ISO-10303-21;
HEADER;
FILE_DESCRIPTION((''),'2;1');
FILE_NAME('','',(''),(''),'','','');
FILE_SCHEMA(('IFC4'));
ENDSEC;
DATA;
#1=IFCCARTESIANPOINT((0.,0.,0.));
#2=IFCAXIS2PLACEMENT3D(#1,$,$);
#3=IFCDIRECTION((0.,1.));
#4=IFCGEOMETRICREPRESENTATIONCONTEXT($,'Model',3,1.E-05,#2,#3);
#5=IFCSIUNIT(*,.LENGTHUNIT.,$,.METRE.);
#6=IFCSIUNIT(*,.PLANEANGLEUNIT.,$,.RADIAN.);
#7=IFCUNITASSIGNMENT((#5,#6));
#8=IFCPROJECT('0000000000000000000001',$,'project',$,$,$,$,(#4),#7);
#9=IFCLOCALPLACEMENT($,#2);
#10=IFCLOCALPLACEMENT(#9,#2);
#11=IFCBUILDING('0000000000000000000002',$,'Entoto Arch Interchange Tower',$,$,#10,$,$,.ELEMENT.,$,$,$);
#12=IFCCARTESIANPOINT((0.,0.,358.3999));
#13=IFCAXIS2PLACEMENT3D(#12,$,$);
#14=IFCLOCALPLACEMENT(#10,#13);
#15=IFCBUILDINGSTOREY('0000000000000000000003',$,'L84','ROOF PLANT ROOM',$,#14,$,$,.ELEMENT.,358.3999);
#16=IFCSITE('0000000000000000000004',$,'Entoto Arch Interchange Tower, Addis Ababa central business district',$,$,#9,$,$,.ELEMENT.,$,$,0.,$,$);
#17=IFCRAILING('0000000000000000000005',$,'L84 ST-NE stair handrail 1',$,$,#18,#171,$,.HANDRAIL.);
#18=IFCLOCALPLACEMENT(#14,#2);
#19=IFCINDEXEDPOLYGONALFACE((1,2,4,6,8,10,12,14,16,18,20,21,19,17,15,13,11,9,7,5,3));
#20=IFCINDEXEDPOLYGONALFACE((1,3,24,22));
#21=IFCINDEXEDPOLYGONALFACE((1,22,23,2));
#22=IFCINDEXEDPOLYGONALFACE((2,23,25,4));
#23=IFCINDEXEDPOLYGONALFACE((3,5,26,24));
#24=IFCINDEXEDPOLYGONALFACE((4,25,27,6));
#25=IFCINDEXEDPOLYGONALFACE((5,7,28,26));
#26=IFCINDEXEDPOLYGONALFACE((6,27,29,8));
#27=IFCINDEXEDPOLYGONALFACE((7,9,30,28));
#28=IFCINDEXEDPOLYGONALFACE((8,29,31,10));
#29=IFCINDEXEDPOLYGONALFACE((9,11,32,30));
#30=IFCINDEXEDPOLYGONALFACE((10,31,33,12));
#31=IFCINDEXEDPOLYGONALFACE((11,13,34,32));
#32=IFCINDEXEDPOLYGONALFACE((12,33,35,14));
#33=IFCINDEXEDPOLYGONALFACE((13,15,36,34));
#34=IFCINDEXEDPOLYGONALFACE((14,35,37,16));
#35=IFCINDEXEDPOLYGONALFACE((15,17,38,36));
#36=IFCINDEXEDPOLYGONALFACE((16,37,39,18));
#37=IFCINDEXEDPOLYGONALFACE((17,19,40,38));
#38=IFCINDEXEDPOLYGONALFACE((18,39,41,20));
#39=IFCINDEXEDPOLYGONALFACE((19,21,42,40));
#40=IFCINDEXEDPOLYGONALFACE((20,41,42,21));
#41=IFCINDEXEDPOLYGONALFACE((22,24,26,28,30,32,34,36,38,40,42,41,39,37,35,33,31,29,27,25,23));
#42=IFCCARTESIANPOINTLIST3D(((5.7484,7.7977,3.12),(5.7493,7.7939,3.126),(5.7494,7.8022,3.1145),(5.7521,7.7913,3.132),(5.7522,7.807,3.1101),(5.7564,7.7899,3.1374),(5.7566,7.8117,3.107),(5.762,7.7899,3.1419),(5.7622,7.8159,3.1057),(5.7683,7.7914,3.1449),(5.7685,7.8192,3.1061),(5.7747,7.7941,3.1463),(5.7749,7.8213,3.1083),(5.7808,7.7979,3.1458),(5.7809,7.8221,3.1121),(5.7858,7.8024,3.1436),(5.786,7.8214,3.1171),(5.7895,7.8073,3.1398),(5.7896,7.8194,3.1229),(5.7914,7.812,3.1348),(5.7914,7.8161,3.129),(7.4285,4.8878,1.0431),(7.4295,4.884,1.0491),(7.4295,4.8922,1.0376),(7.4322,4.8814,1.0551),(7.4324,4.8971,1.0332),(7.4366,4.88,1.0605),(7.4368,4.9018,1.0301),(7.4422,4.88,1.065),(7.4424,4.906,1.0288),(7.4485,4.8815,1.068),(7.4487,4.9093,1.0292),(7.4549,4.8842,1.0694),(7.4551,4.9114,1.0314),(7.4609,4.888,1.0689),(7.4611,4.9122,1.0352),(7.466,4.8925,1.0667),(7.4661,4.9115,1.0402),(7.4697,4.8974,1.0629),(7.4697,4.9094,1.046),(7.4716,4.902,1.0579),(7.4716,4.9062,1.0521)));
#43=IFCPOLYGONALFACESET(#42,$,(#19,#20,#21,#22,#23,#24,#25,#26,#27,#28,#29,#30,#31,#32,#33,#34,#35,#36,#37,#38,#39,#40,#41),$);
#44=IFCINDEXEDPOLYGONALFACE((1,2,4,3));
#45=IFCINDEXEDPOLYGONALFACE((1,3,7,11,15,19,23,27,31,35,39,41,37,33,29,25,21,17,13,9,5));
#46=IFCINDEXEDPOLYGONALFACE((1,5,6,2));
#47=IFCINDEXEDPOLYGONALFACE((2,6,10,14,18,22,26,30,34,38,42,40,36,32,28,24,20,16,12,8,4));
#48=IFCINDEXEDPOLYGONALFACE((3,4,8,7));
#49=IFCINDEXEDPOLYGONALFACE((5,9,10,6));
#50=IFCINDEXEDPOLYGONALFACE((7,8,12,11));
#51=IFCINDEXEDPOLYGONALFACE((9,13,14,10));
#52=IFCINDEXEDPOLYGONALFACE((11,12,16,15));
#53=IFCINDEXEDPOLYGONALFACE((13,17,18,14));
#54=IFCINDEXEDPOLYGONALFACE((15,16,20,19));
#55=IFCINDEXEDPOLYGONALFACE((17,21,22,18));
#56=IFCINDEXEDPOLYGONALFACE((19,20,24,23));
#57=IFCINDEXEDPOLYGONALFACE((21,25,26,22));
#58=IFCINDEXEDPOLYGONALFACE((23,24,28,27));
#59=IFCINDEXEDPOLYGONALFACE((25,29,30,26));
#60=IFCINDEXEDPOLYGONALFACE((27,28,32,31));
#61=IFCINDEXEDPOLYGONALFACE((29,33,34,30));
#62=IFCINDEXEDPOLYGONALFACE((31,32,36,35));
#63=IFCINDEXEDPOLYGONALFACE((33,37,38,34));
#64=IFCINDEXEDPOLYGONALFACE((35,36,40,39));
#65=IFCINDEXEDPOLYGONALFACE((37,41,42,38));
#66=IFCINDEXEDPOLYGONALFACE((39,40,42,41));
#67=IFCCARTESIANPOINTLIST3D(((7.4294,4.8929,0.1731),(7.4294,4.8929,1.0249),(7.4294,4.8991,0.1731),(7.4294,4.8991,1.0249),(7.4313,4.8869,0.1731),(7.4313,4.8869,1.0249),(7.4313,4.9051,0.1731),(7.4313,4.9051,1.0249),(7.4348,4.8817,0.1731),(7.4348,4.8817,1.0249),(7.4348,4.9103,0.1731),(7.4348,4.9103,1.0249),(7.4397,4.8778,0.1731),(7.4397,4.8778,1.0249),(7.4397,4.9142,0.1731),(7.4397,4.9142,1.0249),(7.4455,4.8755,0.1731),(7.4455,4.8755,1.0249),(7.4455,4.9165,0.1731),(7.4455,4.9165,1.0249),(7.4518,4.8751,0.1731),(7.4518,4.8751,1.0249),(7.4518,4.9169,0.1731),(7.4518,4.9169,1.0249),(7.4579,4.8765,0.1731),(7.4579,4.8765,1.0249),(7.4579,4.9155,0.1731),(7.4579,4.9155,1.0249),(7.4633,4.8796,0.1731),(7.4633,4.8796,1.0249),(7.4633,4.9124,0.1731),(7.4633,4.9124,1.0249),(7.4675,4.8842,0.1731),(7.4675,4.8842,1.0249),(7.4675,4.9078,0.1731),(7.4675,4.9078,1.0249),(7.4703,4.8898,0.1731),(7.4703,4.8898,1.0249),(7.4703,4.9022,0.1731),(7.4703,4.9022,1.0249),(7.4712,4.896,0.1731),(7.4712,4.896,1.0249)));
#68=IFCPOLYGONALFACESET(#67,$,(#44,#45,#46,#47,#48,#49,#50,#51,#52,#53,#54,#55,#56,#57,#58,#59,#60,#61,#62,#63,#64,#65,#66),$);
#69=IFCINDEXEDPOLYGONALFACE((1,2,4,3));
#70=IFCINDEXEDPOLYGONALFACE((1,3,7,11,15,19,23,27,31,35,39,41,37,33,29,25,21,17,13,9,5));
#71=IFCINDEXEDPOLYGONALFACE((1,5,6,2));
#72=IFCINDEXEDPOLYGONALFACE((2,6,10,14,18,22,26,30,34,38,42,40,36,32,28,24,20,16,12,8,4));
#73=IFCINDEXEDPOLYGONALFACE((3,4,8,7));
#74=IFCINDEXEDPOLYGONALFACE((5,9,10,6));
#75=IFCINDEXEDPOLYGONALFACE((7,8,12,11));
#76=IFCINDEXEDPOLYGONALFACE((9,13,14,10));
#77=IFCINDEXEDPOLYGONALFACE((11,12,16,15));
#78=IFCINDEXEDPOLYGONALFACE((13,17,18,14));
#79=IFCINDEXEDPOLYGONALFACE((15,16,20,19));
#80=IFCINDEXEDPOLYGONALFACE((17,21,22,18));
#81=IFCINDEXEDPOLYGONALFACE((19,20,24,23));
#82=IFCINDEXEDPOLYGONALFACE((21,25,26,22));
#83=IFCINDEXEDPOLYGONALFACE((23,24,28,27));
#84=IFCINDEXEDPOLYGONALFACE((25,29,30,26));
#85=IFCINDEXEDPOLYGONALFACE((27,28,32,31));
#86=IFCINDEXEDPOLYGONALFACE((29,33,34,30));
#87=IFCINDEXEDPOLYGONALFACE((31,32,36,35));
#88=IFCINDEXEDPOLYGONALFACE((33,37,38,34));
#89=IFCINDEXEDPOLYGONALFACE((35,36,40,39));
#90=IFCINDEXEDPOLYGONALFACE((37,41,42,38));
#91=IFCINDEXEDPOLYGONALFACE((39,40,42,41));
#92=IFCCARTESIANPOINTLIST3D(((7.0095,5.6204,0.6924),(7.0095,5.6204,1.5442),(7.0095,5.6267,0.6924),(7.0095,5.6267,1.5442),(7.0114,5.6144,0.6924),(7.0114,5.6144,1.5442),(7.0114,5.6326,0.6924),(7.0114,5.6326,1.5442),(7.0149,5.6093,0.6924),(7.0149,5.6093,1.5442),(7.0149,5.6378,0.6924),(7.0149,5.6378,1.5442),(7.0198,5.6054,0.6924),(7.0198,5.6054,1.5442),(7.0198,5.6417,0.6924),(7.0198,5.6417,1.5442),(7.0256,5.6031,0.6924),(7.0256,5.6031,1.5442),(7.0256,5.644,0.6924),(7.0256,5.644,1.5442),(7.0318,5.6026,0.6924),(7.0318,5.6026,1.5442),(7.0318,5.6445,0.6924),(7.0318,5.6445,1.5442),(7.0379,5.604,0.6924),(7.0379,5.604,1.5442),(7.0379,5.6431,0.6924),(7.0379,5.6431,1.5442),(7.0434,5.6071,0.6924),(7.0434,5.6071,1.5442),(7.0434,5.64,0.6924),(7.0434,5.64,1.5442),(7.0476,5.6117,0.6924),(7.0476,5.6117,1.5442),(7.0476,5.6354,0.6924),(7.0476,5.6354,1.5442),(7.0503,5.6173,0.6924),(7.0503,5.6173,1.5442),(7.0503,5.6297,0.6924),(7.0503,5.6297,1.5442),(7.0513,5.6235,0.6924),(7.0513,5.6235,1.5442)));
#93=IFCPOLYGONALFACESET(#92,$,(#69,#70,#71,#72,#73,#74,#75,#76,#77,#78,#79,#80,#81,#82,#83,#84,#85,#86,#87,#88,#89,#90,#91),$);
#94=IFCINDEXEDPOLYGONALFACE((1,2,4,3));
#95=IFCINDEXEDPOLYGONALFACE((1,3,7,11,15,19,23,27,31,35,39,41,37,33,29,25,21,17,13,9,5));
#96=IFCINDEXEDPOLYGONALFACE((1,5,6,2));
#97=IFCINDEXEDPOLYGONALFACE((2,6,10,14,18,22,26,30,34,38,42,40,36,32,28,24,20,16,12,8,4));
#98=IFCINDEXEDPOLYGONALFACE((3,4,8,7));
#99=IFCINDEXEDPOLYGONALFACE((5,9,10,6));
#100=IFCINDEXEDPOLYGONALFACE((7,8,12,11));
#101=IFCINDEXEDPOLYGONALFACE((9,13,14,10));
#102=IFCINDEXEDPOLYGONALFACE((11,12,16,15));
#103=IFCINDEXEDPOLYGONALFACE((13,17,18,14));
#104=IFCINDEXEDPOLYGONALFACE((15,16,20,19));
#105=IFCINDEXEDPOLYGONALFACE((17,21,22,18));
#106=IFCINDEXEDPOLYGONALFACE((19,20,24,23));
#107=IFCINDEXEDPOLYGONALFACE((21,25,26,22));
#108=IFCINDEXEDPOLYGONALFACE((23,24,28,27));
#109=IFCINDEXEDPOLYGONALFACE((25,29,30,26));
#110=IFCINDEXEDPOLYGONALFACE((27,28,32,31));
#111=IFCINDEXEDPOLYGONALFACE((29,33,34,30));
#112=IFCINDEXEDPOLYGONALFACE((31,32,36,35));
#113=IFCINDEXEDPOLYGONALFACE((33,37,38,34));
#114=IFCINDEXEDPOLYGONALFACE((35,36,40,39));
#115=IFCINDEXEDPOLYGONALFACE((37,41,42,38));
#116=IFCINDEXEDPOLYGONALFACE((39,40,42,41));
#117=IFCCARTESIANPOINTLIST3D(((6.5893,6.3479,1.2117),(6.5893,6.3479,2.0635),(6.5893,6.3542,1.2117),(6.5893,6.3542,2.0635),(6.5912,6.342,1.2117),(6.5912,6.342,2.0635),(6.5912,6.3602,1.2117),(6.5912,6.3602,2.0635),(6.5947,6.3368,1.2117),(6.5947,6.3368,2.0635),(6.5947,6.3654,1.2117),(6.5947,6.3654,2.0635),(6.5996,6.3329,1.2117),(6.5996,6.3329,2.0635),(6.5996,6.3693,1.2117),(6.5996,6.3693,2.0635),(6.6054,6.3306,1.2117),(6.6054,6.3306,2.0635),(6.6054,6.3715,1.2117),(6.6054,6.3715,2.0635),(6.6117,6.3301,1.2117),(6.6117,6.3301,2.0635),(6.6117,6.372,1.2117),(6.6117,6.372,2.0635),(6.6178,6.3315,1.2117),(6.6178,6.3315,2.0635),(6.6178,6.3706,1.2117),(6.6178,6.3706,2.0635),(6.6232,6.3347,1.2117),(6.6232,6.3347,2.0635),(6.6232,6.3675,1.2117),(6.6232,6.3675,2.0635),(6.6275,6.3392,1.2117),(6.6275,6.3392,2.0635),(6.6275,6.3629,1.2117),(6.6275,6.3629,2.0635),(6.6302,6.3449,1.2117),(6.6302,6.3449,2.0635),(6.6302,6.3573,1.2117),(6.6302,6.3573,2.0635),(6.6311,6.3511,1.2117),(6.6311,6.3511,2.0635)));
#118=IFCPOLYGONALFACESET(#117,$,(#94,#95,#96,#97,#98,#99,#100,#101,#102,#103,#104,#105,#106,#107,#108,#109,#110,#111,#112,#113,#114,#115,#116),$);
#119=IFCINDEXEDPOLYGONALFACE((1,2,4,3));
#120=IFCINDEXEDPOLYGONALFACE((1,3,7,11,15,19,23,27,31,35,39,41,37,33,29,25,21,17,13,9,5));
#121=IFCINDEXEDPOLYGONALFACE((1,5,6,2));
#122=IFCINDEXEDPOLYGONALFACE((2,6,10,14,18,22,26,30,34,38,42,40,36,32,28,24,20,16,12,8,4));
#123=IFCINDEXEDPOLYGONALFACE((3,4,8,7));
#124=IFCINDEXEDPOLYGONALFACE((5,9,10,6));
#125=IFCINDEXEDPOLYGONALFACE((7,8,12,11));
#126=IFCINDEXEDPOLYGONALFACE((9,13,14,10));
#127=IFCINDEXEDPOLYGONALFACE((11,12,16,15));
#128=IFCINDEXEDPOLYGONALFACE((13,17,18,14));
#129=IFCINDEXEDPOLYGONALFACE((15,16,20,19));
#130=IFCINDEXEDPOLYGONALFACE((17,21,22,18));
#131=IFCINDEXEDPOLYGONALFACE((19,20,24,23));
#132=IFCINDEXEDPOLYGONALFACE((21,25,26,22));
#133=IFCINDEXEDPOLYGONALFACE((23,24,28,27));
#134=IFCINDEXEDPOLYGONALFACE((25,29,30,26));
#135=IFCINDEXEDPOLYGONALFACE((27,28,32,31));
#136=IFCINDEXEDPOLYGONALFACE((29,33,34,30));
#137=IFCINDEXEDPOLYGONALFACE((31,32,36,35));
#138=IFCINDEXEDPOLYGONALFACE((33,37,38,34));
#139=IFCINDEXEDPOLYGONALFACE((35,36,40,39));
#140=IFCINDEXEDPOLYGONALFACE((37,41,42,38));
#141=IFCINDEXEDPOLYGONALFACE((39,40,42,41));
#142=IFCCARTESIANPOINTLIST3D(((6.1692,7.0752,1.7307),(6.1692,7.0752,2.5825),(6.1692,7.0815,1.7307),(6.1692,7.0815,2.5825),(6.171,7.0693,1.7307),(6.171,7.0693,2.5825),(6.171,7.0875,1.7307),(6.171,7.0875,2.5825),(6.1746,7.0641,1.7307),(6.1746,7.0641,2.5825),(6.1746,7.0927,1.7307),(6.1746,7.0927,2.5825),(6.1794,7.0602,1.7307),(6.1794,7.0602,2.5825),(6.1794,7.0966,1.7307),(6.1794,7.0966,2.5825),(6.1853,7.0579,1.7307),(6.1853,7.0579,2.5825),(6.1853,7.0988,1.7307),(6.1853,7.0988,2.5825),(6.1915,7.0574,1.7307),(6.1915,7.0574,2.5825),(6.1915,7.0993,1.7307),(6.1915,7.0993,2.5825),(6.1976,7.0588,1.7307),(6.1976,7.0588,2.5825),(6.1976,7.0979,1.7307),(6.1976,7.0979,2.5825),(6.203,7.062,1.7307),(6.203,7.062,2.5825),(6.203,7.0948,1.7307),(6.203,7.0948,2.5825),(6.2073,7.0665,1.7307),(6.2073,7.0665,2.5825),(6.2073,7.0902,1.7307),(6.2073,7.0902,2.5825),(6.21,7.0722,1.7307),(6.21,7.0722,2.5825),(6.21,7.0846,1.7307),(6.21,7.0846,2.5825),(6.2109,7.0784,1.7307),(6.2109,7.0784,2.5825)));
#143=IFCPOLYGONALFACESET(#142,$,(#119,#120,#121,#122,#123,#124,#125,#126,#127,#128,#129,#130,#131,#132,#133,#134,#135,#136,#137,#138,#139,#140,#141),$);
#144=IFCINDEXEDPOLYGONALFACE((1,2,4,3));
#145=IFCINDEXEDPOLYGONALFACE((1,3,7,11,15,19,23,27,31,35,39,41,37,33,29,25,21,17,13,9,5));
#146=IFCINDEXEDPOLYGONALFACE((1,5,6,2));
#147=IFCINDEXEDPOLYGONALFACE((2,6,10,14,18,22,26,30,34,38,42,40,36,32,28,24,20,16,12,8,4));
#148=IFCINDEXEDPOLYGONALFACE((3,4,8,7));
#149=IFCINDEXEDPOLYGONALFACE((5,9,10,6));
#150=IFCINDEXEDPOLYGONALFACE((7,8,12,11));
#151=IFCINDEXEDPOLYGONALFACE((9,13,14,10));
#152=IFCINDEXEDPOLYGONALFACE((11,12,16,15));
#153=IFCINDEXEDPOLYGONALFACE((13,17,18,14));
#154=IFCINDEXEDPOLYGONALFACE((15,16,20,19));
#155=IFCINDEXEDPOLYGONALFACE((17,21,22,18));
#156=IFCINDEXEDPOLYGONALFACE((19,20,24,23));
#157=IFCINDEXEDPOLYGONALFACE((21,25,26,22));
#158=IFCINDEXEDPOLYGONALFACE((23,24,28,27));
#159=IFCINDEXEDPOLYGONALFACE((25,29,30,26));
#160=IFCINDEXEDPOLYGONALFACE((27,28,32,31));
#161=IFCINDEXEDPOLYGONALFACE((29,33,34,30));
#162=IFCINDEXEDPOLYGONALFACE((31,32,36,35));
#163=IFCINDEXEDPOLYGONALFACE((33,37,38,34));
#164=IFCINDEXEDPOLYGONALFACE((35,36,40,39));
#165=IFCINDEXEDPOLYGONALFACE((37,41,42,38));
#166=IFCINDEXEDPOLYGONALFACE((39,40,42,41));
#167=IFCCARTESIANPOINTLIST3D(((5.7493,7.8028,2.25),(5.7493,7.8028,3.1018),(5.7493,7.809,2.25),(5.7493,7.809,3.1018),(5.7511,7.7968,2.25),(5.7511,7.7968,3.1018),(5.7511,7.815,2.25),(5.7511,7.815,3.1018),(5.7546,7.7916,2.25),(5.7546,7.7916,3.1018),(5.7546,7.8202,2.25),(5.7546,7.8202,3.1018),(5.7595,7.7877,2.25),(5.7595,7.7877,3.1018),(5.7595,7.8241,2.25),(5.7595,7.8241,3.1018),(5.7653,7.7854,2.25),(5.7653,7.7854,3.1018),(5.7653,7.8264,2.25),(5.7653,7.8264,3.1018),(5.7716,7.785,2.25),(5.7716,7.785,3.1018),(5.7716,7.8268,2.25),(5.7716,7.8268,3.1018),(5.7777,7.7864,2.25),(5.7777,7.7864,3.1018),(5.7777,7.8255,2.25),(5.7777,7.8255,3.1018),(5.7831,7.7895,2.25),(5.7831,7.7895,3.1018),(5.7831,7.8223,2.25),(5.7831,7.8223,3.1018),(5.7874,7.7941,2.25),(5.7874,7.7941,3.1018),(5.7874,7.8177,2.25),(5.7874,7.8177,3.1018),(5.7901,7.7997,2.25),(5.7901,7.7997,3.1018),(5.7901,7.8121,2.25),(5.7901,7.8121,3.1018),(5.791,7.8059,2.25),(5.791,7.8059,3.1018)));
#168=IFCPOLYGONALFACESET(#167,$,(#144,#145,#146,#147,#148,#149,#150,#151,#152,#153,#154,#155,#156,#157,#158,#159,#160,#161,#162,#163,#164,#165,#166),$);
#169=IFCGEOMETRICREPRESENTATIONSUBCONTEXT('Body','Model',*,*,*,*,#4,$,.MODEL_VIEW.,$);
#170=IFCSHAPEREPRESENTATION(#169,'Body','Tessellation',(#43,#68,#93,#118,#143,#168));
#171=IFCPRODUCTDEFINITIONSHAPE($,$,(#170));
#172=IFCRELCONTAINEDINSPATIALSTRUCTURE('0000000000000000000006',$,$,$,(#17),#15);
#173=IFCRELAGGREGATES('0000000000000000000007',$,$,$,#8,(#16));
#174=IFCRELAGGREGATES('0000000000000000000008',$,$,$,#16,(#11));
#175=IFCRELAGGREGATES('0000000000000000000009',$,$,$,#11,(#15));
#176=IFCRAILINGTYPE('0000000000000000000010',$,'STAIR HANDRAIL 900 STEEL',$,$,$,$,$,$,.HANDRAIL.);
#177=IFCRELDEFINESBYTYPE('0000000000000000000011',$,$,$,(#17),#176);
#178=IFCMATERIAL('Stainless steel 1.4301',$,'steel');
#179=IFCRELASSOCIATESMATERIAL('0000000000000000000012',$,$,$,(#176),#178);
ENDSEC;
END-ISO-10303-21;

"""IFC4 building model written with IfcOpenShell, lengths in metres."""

from ifc_helpers import new_model, si_unit, direction, frame, origin, origin_2d, place, context, subcontext, project, spatial, circle, extrude, material, type_object, element, save


model = new_model("IFC4")

# Units and contexts
model_context = context("Model", 3, precision=1e-05, world=origin(), true_north=direction((0.0, 1.0)))
body_context = subcontext(model_context, "Body", "Model", "MODEL_VIEW")
ifc_project = project(units=[si_unit("LENGTHUNIT", "METRE"), si_unit("PLANEANGLEUNIT", "RADIAN")], contexts=[model_context])

# Site, building, storey
site_placement = place(None, origin())
site = spatial("IfcSite", under=ifc_project, at=site_placement, Name="Entoto Arch Interchange Tower, Addis Ababa central business district", CompositionType="ELEMENT", RefElevation=0.0)
building_placement = place(site_placement, origin())
building = spatial("IfcBuilding", under=site, at=building_placement, Name="Entoto Arch Interchange Tower", CompositionType="ELEMENT")
storey_placement = place(building_placement, frame((0.0, 0.0, 358.3999)))
storey = spatial("IfcBuildingStorey", under=building, at=storey_placement, Name="L84", Description="ROOF PLANT ROOM", CompositionType="ELEMENT", Elevation=358.3999)

# Railing
ifc_material_1 = material(Name="Stainless steel 1.4301", Category="steel")
railing_type = type_object("IfcRailingType", Name="STAIR HANDRAIL 900 STEEL", PredefinedType="HANDRAIL", material=ifc_material_1)
railing_placement = place(storey_placement, frame((7.4502, 4.896, 0.1731)))
element("IfcRailing", 1, at=railing_placement, inside=storey, type_object=railing_type, Name="L84 ST-NE stair handrail 1", PredefinedType="HANDRAIL", context=body_context, shape_type="SweptSolid", body=[
    extrude(circle(Radius=0.0239, at=origin_2d()), frame((0.0, 0.0, 0.876), z_axis=(-0.425339, 0.736649, 0.525771), x_axis=(-0.866008, -0.500031, 0.0)), (0.0, 0.0, 1.0), 3.9502),
    extrude(circle(Radius=0.021, at=origin_2d()), origin(), (0.0, 0.0, 1.0), 0.8518),
    extrude(circle(Radius=0.021, at=origin_2d()), frame((-0.4199, 0.7275, 0.5193)), (0.0, 0.0, 1.0), 0.8518),
    extrude(circle(Radius=0.021, at=origin_2d()), frame((-0.8401, 1.4551, 1.0386)), (0.0, 0.0, 1.0), 0.8518),
    extrude(circle(Radius=0.021, at=origin_2d()), frame((-1.2603, 2.1824, 1.5576)), (0.0, 0.0, 1.0), 0.8518),
    extrude(circle(Radius=0.021, at=origin_2d()), frame((-1.6802, 2.9099, 2.0769)), (0.0, 0.0, 1.0), 0.8518),
])

save(model, "model.ifc")
